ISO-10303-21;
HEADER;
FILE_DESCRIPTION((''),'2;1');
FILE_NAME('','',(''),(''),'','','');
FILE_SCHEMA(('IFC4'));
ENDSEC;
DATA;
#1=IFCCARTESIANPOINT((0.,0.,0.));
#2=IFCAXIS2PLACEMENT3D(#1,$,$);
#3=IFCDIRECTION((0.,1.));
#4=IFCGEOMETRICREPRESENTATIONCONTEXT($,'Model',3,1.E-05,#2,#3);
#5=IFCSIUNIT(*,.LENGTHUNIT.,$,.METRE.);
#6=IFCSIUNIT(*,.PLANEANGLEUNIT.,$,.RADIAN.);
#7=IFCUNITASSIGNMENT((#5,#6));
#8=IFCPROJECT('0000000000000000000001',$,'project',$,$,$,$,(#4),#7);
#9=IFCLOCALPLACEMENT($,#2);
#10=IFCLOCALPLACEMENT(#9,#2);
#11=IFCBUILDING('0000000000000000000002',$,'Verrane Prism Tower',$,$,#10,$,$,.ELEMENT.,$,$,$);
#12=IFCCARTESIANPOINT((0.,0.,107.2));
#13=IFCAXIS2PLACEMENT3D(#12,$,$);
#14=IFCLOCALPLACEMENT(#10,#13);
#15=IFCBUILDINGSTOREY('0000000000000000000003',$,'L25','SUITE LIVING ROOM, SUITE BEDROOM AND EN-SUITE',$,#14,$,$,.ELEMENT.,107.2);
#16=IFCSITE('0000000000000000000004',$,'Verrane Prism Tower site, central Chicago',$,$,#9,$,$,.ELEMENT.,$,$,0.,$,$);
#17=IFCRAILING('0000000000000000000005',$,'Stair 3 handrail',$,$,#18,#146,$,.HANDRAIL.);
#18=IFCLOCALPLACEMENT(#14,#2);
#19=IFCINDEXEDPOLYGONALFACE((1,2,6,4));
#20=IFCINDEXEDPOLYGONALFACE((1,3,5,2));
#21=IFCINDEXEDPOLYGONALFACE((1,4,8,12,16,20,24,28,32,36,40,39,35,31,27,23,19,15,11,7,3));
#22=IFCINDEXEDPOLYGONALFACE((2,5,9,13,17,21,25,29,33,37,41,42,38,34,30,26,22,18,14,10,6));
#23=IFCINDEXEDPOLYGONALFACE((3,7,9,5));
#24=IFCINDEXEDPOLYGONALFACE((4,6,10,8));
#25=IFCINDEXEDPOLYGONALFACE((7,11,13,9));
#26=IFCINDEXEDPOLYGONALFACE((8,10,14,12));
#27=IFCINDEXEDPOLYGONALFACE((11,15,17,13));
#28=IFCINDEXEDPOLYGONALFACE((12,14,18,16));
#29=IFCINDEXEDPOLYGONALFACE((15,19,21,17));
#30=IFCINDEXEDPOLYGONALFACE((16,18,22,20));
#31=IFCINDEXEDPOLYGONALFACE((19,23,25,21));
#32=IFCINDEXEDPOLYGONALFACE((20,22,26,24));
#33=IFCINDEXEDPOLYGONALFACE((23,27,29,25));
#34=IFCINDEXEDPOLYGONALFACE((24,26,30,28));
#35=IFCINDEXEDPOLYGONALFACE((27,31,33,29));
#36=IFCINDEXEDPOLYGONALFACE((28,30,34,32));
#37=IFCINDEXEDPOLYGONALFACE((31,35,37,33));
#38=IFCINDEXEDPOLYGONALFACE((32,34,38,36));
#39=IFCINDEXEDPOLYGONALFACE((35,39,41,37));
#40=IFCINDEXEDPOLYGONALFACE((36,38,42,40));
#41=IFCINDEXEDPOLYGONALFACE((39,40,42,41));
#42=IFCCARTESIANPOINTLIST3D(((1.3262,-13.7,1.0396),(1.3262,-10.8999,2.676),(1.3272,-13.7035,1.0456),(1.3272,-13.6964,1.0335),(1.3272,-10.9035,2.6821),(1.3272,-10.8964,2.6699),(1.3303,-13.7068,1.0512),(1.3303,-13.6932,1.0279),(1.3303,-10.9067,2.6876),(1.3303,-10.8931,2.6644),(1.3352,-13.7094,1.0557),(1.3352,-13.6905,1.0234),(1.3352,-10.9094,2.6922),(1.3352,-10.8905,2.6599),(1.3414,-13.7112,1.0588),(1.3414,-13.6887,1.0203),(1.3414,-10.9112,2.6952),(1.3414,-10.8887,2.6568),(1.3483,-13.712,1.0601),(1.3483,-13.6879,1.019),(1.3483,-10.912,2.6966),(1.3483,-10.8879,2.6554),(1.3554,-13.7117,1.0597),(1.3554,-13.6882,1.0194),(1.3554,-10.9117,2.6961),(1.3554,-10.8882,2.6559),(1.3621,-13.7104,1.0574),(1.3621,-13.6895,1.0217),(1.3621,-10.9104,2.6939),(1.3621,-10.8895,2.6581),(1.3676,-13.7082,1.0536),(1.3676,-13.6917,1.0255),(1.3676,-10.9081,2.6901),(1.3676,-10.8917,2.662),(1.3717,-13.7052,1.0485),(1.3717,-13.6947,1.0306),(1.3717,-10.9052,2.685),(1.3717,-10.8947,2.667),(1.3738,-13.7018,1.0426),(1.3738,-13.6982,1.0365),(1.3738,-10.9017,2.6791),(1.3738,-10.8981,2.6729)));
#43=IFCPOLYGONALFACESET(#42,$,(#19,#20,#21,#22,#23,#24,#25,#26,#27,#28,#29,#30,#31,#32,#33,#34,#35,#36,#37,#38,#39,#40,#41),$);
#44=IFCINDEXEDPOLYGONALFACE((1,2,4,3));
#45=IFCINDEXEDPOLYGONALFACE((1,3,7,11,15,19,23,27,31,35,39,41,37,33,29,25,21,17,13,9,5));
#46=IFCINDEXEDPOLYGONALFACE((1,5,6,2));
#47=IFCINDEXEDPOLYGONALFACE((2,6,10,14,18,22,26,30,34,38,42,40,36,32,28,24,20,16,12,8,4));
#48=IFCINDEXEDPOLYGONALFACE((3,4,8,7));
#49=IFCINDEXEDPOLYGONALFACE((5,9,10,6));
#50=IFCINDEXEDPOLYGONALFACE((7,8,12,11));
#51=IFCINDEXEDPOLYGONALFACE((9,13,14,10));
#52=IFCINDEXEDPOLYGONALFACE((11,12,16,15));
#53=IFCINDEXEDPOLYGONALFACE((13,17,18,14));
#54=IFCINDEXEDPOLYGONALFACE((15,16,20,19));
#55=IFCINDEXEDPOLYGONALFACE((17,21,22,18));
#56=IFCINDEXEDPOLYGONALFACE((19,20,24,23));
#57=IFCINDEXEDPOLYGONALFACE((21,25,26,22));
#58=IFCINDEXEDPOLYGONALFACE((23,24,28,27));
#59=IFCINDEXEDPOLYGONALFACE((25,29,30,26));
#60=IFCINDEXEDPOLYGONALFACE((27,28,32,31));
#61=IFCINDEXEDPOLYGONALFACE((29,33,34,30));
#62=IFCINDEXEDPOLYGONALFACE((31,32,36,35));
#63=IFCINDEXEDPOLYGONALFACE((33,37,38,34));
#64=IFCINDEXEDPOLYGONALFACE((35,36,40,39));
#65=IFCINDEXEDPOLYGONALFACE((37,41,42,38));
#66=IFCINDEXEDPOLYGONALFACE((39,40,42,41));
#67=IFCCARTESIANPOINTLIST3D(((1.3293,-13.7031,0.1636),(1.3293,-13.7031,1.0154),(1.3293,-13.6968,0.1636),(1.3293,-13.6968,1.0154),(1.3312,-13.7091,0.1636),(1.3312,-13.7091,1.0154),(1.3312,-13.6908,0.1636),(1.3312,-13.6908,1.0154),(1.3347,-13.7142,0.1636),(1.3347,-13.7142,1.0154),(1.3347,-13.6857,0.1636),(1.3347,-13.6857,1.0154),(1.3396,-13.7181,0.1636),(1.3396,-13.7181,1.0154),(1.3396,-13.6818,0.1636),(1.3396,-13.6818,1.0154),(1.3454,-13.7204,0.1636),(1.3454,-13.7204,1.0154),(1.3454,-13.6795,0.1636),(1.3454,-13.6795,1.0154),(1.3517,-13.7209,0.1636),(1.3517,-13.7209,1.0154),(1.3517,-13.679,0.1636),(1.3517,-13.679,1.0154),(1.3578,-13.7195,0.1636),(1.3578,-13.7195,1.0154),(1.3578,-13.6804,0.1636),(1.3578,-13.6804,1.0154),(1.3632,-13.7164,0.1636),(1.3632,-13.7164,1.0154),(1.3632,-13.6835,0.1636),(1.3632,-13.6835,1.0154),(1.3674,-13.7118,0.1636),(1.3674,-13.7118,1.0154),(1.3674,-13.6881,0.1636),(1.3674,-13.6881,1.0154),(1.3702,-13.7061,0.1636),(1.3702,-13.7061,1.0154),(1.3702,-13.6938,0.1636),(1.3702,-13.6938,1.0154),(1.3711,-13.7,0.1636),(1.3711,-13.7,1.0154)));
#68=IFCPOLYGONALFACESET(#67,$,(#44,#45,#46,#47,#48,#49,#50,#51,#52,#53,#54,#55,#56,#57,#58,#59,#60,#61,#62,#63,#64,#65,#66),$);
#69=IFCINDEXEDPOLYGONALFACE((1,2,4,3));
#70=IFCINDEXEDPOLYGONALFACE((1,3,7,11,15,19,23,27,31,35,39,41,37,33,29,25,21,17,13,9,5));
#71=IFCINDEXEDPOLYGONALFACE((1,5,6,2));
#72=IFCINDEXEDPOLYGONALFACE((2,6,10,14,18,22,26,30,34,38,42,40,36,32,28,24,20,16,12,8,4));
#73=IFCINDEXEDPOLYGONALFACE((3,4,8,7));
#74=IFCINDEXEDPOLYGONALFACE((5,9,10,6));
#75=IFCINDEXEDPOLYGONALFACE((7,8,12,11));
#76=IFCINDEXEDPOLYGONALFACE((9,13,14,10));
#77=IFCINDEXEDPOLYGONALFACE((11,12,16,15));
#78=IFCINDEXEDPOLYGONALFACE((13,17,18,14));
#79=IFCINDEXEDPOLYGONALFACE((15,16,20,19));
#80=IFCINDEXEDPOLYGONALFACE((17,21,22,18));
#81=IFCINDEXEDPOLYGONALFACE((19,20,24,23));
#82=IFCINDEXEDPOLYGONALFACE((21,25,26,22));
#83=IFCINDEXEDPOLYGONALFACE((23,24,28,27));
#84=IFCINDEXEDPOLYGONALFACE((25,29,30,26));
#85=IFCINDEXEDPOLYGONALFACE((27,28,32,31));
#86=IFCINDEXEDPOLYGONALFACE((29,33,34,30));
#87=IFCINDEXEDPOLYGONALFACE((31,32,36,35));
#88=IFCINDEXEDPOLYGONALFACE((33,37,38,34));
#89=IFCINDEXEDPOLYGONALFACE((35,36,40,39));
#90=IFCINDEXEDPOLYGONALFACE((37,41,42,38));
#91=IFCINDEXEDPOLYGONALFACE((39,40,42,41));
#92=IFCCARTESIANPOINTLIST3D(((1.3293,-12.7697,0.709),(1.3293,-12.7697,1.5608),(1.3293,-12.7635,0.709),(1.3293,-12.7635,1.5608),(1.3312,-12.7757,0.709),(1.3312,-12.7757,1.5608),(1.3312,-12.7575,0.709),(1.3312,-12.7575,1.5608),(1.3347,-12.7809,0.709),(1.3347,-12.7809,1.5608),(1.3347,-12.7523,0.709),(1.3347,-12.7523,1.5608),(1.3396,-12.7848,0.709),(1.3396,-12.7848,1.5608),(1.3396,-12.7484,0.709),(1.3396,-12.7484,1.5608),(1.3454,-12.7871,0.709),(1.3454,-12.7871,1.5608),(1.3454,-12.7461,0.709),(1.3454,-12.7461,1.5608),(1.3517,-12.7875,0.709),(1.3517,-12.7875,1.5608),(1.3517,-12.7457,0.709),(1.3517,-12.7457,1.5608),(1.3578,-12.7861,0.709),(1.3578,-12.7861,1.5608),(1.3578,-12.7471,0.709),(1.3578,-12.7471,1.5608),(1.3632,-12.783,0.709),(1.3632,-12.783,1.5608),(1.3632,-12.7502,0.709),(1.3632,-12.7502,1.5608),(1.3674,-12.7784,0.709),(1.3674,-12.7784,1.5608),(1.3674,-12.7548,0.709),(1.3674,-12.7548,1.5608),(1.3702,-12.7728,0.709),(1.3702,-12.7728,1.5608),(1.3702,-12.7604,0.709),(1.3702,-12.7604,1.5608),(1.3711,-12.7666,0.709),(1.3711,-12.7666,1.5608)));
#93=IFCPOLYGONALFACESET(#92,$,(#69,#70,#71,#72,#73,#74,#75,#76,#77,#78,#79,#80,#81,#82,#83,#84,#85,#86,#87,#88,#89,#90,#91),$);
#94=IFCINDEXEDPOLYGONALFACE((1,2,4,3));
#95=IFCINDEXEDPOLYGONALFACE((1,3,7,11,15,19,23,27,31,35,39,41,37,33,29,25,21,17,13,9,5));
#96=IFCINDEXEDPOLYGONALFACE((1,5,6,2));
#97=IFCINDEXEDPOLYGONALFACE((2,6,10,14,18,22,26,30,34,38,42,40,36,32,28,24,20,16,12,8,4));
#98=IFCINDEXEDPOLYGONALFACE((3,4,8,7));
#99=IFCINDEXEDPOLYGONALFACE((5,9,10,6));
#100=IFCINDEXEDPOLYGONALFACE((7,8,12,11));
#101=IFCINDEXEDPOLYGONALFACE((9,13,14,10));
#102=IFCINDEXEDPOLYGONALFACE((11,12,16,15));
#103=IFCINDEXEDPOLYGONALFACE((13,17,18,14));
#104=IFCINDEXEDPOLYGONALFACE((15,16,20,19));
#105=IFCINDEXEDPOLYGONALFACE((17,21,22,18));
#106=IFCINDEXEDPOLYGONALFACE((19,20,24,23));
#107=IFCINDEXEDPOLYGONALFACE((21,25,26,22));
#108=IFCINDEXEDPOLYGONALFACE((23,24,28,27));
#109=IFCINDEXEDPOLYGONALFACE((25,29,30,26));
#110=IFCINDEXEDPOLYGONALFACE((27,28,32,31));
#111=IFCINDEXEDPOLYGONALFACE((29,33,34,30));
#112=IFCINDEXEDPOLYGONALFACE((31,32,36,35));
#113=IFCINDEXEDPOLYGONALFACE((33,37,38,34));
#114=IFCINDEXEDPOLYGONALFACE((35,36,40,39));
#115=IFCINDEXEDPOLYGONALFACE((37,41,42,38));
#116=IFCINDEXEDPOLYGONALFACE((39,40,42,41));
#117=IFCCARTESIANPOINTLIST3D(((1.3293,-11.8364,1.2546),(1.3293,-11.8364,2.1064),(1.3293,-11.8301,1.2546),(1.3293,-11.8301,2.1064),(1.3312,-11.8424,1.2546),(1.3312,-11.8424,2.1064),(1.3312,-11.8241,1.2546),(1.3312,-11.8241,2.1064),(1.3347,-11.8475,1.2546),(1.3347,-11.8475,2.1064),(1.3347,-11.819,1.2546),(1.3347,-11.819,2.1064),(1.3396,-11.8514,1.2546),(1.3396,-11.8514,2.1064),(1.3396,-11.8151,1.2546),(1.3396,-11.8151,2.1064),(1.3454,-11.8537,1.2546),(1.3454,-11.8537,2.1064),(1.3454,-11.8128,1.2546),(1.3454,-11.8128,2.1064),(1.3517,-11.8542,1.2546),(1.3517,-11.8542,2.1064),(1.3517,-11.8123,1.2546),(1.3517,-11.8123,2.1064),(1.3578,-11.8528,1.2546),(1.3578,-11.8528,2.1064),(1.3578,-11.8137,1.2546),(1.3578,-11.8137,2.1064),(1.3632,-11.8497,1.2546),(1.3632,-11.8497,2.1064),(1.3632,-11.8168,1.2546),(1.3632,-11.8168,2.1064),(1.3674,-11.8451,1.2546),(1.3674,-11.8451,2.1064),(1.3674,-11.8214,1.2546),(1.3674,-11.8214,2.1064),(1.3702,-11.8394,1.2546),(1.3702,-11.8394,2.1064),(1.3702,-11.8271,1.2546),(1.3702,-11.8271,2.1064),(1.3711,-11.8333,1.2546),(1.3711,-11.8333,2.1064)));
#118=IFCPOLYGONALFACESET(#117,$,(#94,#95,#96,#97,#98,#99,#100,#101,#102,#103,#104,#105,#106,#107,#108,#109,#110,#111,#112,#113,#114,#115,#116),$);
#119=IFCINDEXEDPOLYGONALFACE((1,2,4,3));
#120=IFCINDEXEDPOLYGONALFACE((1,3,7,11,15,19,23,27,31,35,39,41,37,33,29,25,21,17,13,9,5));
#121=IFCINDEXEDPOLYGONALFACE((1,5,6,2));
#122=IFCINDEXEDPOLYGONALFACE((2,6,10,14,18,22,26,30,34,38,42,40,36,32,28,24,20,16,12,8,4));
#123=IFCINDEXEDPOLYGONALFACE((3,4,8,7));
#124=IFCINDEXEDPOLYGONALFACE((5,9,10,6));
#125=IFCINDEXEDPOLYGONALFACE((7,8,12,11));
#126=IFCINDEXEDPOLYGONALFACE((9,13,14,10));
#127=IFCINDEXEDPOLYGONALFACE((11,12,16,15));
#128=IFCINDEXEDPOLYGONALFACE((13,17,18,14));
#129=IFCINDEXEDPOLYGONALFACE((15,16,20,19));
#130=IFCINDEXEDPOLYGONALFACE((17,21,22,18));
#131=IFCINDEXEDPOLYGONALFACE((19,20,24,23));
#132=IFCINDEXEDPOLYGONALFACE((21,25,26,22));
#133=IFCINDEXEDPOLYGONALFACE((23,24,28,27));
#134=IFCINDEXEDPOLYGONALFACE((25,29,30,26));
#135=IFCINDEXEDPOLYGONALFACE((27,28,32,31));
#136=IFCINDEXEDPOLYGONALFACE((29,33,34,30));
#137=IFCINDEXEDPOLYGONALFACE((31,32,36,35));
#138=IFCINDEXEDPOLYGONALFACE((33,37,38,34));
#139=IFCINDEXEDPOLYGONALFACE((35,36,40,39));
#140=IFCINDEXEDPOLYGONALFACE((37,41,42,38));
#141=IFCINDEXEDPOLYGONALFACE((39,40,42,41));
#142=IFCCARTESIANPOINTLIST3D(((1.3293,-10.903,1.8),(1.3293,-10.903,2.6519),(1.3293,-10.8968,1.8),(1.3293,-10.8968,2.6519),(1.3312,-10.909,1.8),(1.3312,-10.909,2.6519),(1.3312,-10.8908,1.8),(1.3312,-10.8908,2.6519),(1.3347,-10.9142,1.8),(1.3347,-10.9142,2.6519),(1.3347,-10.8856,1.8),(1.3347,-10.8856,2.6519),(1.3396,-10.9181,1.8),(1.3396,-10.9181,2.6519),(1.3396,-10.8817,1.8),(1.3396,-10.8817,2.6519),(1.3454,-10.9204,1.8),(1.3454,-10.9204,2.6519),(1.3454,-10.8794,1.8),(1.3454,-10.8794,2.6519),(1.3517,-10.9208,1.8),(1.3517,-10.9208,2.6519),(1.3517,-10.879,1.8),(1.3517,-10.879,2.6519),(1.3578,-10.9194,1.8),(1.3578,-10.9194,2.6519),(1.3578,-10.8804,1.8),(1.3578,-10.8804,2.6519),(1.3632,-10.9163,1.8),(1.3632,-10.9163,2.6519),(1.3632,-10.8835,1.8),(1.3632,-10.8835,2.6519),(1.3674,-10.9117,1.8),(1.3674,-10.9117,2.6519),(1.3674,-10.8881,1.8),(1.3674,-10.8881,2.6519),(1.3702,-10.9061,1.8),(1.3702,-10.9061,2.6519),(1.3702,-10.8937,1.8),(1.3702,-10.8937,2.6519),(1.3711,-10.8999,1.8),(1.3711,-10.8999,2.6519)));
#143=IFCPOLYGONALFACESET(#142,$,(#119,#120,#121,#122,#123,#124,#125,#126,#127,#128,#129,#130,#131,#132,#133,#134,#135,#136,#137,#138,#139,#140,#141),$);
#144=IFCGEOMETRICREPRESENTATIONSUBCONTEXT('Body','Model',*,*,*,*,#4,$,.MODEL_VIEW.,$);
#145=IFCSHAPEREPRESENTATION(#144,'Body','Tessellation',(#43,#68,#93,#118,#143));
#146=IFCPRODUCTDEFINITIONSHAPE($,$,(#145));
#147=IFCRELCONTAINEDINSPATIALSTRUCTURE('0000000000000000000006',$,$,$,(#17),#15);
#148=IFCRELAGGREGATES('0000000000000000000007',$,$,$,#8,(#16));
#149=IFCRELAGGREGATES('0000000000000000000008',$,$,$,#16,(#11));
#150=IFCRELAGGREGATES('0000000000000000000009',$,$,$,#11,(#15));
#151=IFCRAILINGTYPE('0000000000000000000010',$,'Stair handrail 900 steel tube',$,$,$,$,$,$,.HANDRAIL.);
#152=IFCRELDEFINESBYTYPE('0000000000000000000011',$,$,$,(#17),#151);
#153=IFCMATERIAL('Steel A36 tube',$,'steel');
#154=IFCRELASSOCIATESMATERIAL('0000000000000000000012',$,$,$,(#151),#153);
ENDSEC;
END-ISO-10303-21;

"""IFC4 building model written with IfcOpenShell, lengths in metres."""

from ifc_helpers import new_model, si_unit, direction, frame, origin, origin_2d, place, context, subcontext, project, spatial, circle, extrude, material, type_object, element, save


model = new_model("IFC4")

# Units and contexts
model_context = context("Model", 3, precision=1e-05, world=origin(), true_north=direction((0.0, 1.0)))
body_context = subcontext(model_context, "Body", "Model", "MODEL_VIEW")
ifc_project = project(units=[si_unit("LENGTHUNIT", "METRE"), si_unit("PLANEANGLEUNIT", "RADIAN")], contexts=[model_context])

# Site, building, storey
site_placement = place(None, origin())
site = spatial("IfcSite", under=ifc_project, at=site_placement, Name="Verrane Prism Tower site, central Chicago", CompositionType="ELEMENT", RefElevation=0.0)
building_placement = place(site_placement, origin())
building = spatial("IfcBuilding", under=site, at=building_placement, Name="Verrane Prism Tower", CompositionType="ELEMENT")
storey_placement = place(building_placement, frame((0.0, 0.0, 107.2)))
storey = spatial("IfcBuildingStorey", under=building, at=storey_placement, Name="L25", Description="SUITE LIVING ROOM, SUITE BEDROOM AND EN-SUITE", CompositionType="ELEMENT", Elevation=107.2)

# Railing
ifc_material_1 = material(Name="Steel A36 tube", Category="steel")
railing_type_1 = type_object("IfcRailingType", Name="Stair handrail 900 steel tube", PredefinedType="HANDRAIL", material=ifc_material_1)
railing_1_placement = place(storey_placement, frame((1.3501, -13.7, 0.1636)))
element("IfcRailing", 1, at=railing_1_placement, inside=storey, type_object=railing_type_1, Name="Stair 3 handrail", PredefinedType="HANDRAIL", context=body_context, shape_type="SweptSolid", body=[
    extrude(circle(Radius=0.0239, at=origin_2d()), frame((0.0, 0.0, 0.876), z_axis=(0.0, 0.863361, 0.504587), x_axis=(-1.0, 0.0, 0.0)), (0.0, 0.0, 1.0), 3.2432),
    extrude(circle(Radius=0.021, at=origin_2d()), origin(), (0.0, 0.0, 1.0), 0.8518),
    extrude(circle(Radius=0.021, at=origin_2d()), frame((0.0, 0.9333, 0.5454)), (0.0, 0.0, 1.0), 0.8518),
    extrude(circle(Radius=0.021, at=origin_2d()), frame((0.0, 1.8667, 1.0911)), (0.0, 0.0, 1.0), 0.8518),
    extrude(circle(Radius=0.021, at=origin_2d()), frame((0.0, 2.8, 1.6365)), (0.0, 0.0, 1.0), 0.8518),
])

save(model, "model.ifc")
